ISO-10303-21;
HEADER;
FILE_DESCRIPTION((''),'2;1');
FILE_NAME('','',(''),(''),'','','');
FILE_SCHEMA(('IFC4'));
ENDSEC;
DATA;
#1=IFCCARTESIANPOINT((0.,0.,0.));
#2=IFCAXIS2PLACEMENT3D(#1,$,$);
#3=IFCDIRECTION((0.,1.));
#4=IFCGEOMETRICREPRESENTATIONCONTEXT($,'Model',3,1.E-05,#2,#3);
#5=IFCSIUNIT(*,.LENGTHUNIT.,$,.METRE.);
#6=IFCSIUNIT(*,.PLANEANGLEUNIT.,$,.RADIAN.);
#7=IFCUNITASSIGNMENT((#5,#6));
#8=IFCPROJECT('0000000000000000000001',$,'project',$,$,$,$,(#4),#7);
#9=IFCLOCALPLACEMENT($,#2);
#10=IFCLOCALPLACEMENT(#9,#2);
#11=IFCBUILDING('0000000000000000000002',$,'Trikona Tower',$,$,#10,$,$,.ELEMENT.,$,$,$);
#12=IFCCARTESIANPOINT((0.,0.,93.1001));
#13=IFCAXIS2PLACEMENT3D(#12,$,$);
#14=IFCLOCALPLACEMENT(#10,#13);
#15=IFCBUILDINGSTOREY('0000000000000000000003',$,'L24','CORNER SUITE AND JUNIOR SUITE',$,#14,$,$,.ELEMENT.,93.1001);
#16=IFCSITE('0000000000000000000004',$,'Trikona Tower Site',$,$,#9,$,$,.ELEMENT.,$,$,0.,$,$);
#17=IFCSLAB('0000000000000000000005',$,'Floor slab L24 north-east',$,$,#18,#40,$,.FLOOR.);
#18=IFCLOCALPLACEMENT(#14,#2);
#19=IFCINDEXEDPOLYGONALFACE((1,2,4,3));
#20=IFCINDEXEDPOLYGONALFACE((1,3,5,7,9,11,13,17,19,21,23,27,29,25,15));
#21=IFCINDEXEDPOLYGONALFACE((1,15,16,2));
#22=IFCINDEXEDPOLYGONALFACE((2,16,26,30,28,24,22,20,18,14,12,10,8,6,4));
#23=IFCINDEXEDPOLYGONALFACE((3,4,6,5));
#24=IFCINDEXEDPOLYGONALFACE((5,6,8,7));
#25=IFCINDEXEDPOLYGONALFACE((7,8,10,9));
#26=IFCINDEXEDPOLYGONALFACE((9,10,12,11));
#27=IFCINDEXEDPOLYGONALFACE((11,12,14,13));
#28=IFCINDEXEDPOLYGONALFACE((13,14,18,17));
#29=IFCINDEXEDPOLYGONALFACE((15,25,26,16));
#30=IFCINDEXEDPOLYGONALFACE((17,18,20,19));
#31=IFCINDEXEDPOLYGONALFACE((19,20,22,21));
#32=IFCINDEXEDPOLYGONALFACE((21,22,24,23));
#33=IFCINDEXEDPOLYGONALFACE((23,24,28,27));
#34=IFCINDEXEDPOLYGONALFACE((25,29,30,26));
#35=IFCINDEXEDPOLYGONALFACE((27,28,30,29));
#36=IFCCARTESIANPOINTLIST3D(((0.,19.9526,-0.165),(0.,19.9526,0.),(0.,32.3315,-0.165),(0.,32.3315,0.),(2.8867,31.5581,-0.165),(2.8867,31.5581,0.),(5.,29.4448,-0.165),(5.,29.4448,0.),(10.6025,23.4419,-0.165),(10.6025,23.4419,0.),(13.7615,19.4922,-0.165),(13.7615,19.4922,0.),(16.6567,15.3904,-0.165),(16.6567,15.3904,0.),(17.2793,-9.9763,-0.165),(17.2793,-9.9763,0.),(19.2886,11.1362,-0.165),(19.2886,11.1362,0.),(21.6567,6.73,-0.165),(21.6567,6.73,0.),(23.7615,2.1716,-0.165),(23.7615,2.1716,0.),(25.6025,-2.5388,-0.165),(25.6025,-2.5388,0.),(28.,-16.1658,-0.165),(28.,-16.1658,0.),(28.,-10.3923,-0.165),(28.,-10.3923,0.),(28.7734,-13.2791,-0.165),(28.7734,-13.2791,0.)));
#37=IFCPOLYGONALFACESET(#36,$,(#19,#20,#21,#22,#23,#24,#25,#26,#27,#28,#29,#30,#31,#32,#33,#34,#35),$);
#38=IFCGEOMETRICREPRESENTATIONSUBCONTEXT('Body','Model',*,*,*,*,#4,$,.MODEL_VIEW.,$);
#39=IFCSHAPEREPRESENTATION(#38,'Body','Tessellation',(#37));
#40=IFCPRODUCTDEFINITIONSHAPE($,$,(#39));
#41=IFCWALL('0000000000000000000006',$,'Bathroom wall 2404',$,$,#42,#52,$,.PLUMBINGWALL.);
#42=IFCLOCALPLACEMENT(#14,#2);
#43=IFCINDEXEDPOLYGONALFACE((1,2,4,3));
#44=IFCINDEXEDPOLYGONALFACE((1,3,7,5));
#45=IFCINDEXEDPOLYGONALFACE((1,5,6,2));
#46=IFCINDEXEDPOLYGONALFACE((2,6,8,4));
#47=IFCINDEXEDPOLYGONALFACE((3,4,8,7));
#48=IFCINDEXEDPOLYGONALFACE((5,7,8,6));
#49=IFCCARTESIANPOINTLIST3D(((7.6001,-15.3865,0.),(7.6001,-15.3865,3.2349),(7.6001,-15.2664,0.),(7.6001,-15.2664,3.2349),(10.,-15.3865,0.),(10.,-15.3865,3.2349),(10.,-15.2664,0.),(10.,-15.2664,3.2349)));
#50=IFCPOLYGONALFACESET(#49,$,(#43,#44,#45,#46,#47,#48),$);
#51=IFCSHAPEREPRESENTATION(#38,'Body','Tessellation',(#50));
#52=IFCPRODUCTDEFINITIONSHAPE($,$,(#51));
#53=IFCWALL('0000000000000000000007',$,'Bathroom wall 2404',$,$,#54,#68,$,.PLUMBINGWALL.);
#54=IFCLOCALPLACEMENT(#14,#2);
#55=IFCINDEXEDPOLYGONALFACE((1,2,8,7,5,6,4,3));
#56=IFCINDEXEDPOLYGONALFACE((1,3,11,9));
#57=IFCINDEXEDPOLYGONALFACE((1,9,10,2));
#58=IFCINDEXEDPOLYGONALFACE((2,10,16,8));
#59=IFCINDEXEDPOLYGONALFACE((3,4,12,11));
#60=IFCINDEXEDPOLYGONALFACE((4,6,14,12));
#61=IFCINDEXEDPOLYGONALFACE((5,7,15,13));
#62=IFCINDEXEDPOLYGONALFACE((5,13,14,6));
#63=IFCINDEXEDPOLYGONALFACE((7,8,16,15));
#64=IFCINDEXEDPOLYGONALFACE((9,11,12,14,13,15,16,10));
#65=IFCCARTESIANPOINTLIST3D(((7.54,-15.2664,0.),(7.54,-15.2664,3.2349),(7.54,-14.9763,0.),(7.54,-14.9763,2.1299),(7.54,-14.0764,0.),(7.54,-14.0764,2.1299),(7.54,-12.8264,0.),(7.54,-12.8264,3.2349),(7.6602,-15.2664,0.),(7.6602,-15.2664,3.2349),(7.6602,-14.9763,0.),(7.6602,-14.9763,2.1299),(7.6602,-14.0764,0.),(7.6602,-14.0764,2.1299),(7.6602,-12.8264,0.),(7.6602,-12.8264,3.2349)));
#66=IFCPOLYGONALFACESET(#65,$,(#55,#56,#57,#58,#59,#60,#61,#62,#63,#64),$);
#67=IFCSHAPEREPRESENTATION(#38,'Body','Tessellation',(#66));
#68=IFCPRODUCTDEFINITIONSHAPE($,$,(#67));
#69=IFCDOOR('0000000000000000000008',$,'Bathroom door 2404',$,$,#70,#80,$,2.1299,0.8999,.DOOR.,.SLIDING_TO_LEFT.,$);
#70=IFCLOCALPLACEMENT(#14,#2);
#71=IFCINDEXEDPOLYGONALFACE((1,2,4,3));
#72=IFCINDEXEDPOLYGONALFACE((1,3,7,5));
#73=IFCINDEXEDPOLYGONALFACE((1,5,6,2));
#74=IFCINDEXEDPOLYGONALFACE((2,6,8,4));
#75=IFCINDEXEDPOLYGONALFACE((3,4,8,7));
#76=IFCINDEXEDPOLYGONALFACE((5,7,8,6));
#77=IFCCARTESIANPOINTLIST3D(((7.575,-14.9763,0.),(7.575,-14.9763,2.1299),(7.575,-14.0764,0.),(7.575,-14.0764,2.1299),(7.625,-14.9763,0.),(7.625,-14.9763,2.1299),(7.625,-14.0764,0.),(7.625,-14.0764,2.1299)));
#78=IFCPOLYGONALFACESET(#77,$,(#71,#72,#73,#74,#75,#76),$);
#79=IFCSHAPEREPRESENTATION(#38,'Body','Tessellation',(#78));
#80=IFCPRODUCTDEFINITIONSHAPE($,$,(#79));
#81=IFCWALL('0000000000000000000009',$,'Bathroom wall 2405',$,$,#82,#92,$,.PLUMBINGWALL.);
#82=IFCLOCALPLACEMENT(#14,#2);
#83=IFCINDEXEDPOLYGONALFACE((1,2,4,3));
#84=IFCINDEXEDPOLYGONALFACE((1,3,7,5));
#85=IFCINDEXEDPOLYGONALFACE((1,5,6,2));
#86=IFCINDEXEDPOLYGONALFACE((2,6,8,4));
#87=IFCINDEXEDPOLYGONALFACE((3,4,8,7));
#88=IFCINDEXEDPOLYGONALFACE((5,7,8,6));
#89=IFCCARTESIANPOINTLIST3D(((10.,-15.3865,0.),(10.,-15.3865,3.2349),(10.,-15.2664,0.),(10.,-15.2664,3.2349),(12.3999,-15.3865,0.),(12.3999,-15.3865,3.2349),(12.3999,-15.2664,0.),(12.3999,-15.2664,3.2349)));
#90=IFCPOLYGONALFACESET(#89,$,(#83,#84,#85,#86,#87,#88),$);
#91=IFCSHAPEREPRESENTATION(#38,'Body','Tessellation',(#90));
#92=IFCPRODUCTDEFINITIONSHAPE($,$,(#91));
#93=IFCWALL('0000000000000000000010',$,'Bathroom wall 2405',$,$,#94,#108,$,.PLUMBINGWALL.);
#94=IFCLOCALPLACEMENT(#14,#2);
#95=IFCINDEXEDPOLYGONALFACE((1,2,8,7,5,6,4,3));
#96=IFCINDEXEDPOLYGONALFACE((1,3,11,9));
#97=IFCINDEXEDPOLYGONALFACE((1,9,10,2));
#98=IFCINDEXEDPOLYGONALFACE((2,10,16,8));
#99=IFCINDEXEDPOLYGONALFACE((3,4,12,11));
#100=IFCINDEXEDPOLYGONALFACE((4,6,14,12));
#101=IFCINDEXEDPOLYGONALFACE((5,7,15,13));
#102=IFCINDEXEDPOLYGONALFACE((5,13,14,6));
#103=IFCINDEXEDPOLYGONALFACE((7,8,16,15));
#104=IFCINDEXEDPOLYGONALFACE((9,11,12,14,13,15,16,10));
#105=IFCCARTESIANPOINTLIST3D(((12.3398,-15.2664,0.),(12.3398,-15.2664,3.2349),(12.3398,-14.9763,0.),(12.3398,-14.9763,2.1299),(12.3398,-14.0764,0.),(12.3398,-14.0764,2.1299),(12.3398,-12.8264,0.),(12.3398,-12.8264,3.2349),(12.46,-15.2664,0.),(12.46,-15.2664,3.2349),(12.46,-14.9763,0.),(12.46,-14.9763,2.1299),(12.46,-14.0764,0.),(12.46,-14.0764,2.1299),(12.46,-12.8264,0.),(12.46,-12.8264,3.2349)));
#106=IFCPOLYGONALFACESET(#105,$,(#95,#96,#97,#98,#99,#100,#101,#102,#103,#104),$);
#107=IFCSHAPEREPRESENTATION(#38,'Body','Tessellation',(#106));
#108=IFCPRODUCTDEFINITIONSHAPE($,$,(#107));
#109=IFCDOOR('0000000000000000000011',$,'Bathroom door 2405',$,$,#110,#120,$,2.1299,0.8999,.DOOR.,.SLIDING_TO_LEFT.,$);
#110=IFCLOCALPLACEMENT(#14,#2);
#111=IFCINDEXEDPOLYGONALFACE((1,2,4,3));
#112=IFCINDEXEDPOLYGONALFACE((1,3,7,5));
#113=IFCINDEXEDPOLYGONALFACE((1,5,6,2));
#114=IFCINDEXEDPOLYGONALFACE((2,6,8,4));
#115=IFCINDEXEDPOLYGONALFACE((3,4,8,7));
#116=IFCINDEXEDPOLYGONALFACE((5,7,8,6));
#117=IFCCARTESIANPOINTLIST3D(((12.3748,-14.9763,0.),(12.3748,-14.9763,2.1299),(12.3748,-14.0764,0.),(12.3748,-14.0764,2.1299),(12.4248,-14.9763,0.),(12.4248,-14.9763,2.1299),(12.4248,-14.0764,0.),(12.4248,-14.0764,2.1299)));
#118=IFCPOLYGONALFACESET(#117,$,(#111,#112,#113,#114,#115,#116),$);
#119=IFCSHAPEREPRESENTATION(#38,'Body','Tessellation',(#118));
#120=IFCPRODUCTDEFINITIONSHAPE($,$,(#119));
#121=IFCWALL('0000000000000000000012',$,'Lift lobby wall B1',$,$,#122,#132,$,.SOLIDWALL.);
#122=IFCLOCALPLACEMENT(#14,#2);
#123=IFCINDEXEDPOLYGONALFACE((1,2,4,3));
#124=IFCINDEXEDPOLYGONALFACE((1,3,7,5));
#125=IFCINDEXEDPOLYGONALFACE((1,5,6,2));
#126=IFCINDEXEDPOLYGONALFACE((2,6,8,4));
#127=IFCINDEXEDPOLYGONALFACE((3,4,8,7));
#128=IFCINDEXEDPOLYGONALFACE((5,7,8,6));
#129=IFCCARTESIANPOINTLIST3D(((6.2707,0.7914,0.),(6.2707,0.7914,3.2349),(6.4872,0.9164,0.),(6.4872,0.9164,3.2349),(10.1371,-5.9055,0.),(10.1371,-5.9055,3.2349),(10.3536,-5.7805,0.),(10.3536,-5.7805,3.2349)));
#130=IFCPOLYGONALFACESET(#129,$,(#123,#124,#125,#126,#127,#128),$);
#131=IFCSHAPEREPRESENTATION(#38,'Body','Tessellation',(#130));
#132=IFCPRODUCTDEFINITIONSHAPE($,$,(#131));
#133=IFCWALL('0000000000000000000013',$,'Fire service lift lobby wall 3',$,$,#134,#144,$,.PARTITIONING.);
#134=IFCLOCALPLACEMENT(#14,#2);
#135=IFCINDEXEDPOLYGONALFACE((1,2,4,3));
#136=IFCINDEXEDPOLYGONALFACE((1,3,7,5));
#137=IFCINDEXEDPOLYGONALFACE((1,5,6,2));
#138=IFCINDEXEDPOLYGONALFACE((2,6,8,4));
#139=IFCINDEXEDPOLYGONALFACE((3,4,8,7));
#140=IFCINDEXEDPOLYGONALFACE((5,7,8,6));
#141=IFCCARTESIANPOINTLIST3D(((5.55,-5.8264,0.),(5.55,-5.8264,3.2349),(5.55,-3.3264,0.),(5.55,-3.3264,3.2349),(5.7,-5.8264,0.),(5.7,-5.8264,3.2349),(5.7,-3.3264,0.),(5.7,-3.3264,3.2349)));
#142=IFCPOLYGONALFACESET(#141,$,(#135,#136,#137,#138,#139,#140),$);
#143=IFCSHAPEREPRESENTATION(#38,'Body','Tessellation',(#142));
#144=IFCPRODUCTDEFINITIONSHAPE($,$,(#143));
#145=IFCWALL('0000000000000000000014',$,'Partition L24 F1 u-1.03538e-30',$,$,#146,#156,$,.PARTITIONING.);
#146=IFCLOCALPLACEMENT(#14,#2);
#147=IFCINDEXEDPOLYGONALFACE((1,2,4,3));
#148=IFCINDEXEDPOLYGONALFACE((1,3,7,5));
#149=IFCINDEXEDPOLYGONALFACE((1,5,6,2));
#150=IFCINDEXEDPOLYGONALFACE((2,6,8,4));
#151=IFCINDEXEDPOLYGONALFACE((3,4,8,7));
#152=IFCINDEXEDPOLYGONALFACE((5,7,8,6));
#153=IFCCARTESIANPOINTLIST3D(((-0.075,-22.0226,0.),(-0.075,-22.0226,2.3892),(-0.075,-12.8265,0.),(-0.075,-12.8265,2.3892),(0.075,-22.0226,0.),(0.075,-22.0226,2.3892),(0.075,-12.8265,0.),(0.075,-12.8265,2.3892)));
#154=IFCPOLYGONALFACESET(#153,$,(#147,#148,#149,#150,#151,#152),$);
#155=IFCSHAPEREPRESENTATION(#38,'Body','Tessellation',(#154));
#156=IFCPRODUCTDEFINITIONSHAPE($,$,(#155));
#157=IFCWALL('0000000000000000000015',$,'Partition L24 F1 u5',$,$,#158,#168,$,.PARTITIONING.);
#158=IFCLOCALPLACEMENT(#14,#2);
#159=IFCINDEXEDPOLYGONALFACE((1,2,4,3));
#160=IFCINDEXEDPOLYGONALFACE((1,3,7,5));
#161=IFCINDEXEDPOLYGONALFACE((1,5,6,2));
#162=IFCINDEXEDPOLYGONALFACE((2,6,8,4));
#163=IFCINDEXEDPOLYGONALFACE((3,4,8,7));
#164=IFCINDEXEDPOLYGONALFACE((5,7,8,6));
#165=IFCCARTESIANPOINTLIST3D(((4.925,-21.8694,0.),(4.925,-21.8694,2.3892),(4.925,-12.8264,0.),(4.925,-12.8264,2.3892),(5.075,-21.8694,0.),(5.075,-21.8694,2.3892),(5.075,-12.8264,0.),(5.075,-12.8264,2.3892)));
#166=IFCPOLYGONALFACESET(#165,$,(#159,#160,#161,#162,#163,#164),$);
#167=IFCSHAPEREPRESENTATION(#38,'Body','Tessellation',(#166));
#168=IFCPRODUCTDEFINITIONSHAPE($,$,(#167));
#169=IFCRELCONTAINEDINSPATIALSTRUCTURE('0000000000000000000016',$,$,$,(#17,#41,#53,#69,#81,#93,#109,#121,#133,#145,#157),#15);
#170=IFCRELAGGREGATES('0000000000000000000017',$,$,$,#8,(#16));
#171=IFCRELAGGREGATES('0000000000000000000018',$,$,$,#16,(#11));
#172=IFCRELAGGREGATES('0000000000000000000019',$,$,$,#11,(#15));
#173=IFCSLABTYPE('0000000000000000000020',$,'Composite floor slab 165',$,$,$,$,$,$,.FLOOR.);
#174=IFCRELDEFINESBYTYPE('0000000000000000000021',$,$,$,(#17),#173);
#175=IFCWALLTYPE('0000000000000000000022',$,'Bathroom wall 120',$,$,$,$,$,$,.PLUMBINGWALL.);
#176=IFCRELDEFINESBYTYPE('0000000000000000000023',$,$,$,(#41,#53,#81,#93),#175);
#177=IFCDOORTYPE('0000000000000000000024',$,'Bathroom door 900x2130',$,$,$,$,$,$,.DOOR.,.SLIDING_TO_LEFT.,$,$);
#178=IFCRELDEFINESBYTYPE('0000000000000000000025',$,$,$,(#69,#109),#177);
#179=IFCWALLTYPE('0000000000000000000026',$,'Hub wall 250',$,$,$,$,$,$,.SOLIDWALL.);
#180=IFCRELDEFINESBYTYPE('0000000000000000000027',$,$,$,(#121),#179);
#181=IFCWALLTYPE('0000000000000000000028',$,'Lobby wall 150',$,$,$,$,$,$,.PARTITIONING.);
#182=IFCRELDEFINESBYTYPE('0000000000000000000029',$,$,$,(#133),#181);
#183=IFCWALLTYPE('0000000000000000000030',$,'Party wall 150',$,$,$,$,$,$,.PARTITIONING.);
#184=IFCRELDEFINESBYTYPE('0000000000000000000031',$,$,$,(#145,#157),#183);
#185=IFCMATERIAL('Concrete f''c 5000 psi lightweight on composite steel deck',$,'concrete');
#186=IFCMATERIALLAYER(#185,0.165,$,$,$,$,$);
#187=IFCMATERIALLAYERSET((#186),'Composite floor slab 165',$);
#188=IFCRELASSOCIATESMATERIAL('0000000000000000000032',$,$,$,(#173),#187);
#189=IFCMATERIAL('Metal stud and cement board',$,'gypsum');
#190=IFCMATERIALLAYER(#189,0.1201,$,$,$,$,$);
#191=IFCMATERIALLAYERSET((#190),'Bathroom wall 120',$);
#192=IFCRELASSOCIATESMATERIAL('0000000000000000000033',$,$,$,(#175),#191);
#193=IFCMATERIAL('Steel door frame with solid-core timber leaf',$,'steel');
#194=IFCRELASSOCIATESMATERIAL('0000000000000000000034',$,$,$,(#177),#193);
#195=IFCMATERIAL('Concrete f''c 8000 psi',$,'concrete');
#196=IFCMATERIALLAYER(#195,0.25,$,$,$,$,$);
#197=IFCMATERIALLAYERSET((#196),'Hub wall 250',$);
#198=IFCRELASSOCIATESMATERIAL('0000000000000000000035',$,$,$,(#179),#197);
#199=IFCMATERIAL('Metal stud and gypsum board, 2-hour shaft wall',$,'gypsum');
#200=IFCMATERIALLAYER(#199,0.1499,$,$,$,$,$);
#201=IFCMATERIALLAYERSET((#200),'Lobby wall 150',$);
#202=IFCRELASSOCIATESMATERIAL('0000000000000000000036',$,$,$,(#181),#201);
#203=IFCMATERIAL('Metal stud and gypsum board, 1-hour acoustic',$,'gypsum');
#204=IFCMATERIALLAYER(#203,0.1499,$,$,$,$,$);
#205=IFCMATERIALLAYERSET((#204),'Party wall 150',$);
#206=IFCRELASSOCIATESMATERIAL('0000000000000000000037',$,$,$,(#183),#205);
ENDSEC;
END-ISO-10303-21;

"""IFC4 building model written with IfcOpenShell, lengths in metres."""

from ifc_helpers import new_model, si_unit, direction, frame, frame_2d, origin, place, context, subcontext, project, spatial, polyline, rectangle, outline, extrude, material, layer, layer_set, type_object, element, fill, save


model = new_model("IFC4")

# Units and contexts
model_context = context("Model", 3, precision=1e-05, world=origin(), true_north=direction((0.0, 1.0)))
body_context = subcontext(model_context, "Body", "Model", "MODEL_VIEW")
ifc_project = project(units=[si_unit("LENGTHUNIT", "METRE"), si_unit("PLANEANGLEUNIT", "RADIAN")], contexts=[model_context])

# Site, building, storey
site_placement = place(None, origin())
site = spatial("IfcSite", under=ifc_project, at=site_placement, Name="Trikona Tower Site", CompositionType="ELEMENT", RefElevation=0.0)
building_placement = place(site_placement, origin())
building = spatial("IfcBuilding", under=site, at=building_placement, Name="Trikona Tower", CompositionType="ELEMENT")
storey_placement = place(building_placement, frame((0.0, 0.0, 93.1001)))
storey = spatial("IfcBuildingStorey", under=building, at=storey_placement, Name="L24", Description="CORNER SUITE AND JUNIOR SUITE", CompositionType="ELEMENT", Elevation=93.1001)

# Slab
ifc_material_1 = material(Name="Concrete f'c 5000 psi lightweight on composite steel deck", Category="concrete")
ifc_layer_1 = layer(ifc_material_1, 0.165)
ifc_layer_set_1 = layer_set([ifc_layer_1], Name="Composite floor slab 165")
slab_type = type_object("IfcSlabType", Name="Composite floor slab 165", PredefinedType="FLOOR", material=ifc_layer_set_1)
slab_1_placement = place(storey_placement, frame((0.0, 0.0, -0.165)))
element("IfcSlab", 1, at=slab_1_placement, inside=storey, type_object=slab_type, Name="Floor slab L24 north-east", PredefinedType="FLOOR", context=body_context, shape_type="SweptSolid", body=[
    extrude(outline(polyline([(2.8867, 31.5581), (0.0, 32.3315), (0.0, 19.9526), (17.2793, -9.9763), (28.0, -16.1658), (28.7734, -13.2791), (28.0, -10.3923), (25.6025, -2.5388), (23.7615, 2.1716), (21.6567, 6.73), (19.2886, 11.1362), (16.6567, 15.3904), (13.7615, 19.4922), (10.6025, 23.4419), (5.0, 29.4448), (2.8867, 31.5581)])), origin(), (0.0, 0.0, 1.0), 0.165),
])

# Wall
ifc_material_2 = material(Name="Metal stud and cement board", Category="gypsum")
ifc_layer_2 = layer(ifc_material_2, 0.1201)
ifc_layer_set_2 = layer_set([ifc_layer_2], Name="Bathroom wall 120")
wall_type_1 = type_object("IfcWallType", Name="Bathroom wall 120", PredefinedType="PLUMBINGWALL", material=ifc_layer_set_2)
wall_1_placement = place(storey_placement, frame((7.6001, -15.3264, 0.0), z_axis=(0.0, 0.0, 1.0), x_axis=(1.0, 0.0, 0.0)))
element("IfcWall", 2, at=wall_1_placement, inside=storey, type_object=wall_type_1, Name="Bathroom wall 2404", PredefinedType="PLUMBINGWALL", context=body_context, shape_type="SweptSolid", body=[
    extrude(rectangle(XDim=2.3999, YDim=0.1201, at=frame_2d((1.2, 0.0))), origin(), (0.0, 0.0, 1.0), 3.2349),
])

# Wall, opening, door
wall_2_placement = place(storey_placement, frame((7.6001, -12.8264, 0.0), z_axis=(0.0, 0.0, 1.0), x_axis=(0.0, -1.0, 0.0)))
wall_2 = element("IfcWall", 3, at=wall_2_placement, inside=storey, type_object=wall_type_1, Name="Bathroom wall 2404", PredefinedType="PLUMBINGWALL", context=body_context, shape_type="SweptSolid", body=[
    extrude(rectangle(XDim=2.4399, YDim=0.1201, at=frame_2d((1.22, 0.0))), origin(), (0.0, 0.0, 1.0), 3.2349),
])
opening_1_placement = place(wall_2_placement, frame((1.25, 0.0, 0.0)))
opening_1 = element("IfcOpeningElement", 4, at=opening_1_placement, cuts=wall_2, PredefinedType="OPENING", context=body_context, shape_type="SweptSolid", body=[
    extrude(rectangle(XDim=0.8999, YDim=2.1299, at=frame_2d((0.45, 1.0649))), frame((0.0, 0.0701, 0.0), z_axis=(0.0, -1.0, 0.0), x_axis=(1.0, 0.0, 0.0)), (0.0, 0.0, 1.0), 0.1401),
])
ifc_material_3 = material(Name="Steel door frame with solid-core timber leaf", Category="steel")
door_type_1 = type_object("IfcDoorType", Name="Bathroom door 900x2130", OperationType="SLIDING_TO_LEFT", PredefinedType="DOOR", material=ifc_material_3)
door_1_placement = place(opening_1_placement, origin())
door_1 = element("IfcDoor", 5, at=door_1_placement, inside=storey, type_object=door_type_1, Name="Bathroom door 2404", OperationType="SLIDING_TO_LEFT", OverallHeight=2.1299, OverallWidth=0.8999, PredefinedType="DOOR", context=body_context, shape_type="SweptSolid", body=[
    extrude(rectangle(XDim=0.8999, YDim=2.1299, at=frame_2d((0.45, 1.0649))), frame((0.0, 0.0249, 0.0), z_axis=(0.0, -1.0, 0.0), x_axis=(1.0, 0.0, 0.0)), (0.0, 0.0, 1.0), 0.05),
])
fill(opening_1, door_1)

# Wall
wall_3_placement = place(storey_placement, frame((10.0, -15.3264, 0.0), z_axis=(0.0, 0.0, 1.0), x_axis=(1.0, 0.0, 0.0)))
element("IfcWall", 6, at=wall_3_placement, inside=storey, type_object=wall_type_1, Name="Bathroom wall 2405", PredefinedType="PLUMBINGWALL", context=body_context, shape_type="SweptSolid", body=[
    extrude(rectangle(XDim=2.3999, YDim=0.1201, at=frame_2d((1.2, 0.0))), origin(), (0.0, 0.0, 1.0), 3.2349),
])

# Wall, opening, door
wall_4_placement = place(storey_placement, frame((12.3999, -12.8264, 0.0), z_axis=(0.0, 0.0, 1.0), x_axis=(0.0, -1.0, 0.0)))
wall_4 = element("IfcWall", 7, at=wall_4_placement, inside=storey, type_object=wall_type_1, Name="Bathroom wall 2405", PredefinedType="PLUMBINGWALL", context=body_context, shape_type="SweptSolid", body=[
    extrude(rectangle(XDim=2.4399, YDim=0.1201, at=frame_2d((1.22, 0.0))), origin(), (0.0, 0.0, 1.0), 3.2349),
])
opening_2_placement = place(wall_4_placement, frame((1.25, 0.0, 0.0)))
opening_2 = element("IfcOpeningElement", 8, at=opening_2_placement, cuts=wall_4, PredefinedType="OPENING", context=body_context, shape_type="SweptSolid", body=[
    extrude(rectangle(XDim=0.8999, YDim=2.1299, at=frame_2d((0.45, 1.0649))), frame((0.0, 0.0701, 0.0), z_axis=(0.0, -1.0, 0.0), x_axis=(1.0, 0.0, 0.0)), (0.0, 0.0, 1.0), 0.1401),
])
door_2_placement = place(opening_2_placement, origin())
door_2 = element("IfcDoor", 9, at=door_2_placement, inside=storey, type_object=door_type_1, Name="Bathroom door 2405", OperationType="SLIDING_TO_LEFT", OverallHeight=2.1299, OverallWidth=0.8999, PredefinedType="DOOR", context=body_context, shape_type="SweptSolid", body=[
    extrude(rectangle(XDim=0.8999, YDim=2.1299, at=frame_2d((0.45, 1.0649))), frame((0.0, 0.0249, 0.0), z_axis=(0.0, -1.0, 0.0), x_axis=(1.0, 0.0, 0.0)), (0.0, 0.0, 1.0), 0.05),
])
fill(opening_2, door_2)

# Walls
ifc_material_4 = material(Name="Concrete f'c 8000 psi", Category="concrete")
ifc_layer_3 = layer(ifc_material_4, 0.25)
ifc_layer_set_3 = layer_set([ifc_layer_3], Name="Hub wall 250")
wall_type_2 = type_object("IfcWallType", Name="Hub wall 250", PredefinedType="SOLIDWALL", material=ifc_layer_set_3)
wall_5_placement = place(storey_placement, frame((10.2454, -5.843, 0.0), z_axis=(0.0, 0.0, 1.0), x_axis=(-0.499993, 0.866029, 0.0)))
element("IfcWall", 10, at=wall_5_placement, inside=storey, type_object=wall_type_2, Name="Lift lobby wall B1", PredefinedType="SOLIDWALL", context=body_context, shape_type="SweptSolid", body=[
    extrude(rectangle(XDim=7.7329, YDim=0.25, at=frame_2d((3.8665, 0.0))), origin(), (0.0, 0.0, 1.0), 3.2349),
])
ifc_material_5 = material(Name="Metal stud and gypsum board, 2-hour shaft wall", Category="gypsum")
ifc_layer_4 = layer(ifc_material_5, 0.1499)
ifc_layer_set_4 = layer_set([ifc_layer_4], Name="Lobby wall 150")
wall_type_3 = type_object("IfcWallType", Name="Lobby wall 150", PredefinedType="PARTITIONING", material=ifc_layer_set_4)
wall_6_placement = place(storey_placement, frame((5.625, -5.8264, 0.0), z_axis=(0.0, 0.0, 1.0), x_axis=(0.0, 1.0, 0.0)))
element("IfcWall", 11, at=wall_6_placement, inside=storey, type_object=wall_type_3, Name="Fire service lift lobby wall 3", PredefinedType="PARTITIONING", context=body_context, shape_type="SweptSolid", body=[
    extrude(rectangle(XDim=2.5, YDim=0.1499, at=frame_2d((1.25, 0.0))), origin(), (0.0, 0.0, 1.0), 3.2349),
])
ifc_material_6 = material(Name="Metal stud and gypsum board, 1-hour acoustic", Category="gypsum")
ifc_layer_5 = layer(ifc_material_6, 0.1499)
ifc_layer_set_5 = layer_set([ifc_layer_5], Name="Party wall 150")
wall_type_4 = type_object("IfcWallType", Name="Party wall 150", PredefinedType="PARTITIONING", material=ifc_layer_set_5)
wall_7_placement = place(storey_placement, frame((0.0, -12.8264, 0.0), z_axis=(0.0, 0.0, 1.0), x_axis=(0.0, -1.0, 0.0)))
element("IfcWall", 12, at=wall_7_placement, inside=storey, type_object=wall_type_4, Name="Partition L24 F1 u-1.03538e-30", PredefinedType="PARTITIONING", context=body_context, shape_type="SweptSolid", body=[
    extrude(rectangle(XDim=9.196, YDim=0.1499, at=frame_2d((4.5981, 0.0))), origin(), (0.0, 0.0, 1.0), 2.3892),
])
wall_8_placement = place(storey_placement, frame((5.0, -12.8264, 0.0), z_axis=(0.0, 0.0, 1.0), x_axis=(0.0, -1.0, 0.0)))
element("IfcWall", 13, at=wall_8_placement, inside=storey, type_object=wall_type_4, Name="Partition L24 F1 u5", PredefinedType="PARTITIONING", context=body_context, shape_type="SweptSolid", body=[
    extrude(rectangle(XDim=9.043, YDim=0.1499, at=frame_2d((4.5215, 0.0))), origin(), (0.0, 0.0, 1.0), 2.3892),
])

save(model, "model.ifc")
